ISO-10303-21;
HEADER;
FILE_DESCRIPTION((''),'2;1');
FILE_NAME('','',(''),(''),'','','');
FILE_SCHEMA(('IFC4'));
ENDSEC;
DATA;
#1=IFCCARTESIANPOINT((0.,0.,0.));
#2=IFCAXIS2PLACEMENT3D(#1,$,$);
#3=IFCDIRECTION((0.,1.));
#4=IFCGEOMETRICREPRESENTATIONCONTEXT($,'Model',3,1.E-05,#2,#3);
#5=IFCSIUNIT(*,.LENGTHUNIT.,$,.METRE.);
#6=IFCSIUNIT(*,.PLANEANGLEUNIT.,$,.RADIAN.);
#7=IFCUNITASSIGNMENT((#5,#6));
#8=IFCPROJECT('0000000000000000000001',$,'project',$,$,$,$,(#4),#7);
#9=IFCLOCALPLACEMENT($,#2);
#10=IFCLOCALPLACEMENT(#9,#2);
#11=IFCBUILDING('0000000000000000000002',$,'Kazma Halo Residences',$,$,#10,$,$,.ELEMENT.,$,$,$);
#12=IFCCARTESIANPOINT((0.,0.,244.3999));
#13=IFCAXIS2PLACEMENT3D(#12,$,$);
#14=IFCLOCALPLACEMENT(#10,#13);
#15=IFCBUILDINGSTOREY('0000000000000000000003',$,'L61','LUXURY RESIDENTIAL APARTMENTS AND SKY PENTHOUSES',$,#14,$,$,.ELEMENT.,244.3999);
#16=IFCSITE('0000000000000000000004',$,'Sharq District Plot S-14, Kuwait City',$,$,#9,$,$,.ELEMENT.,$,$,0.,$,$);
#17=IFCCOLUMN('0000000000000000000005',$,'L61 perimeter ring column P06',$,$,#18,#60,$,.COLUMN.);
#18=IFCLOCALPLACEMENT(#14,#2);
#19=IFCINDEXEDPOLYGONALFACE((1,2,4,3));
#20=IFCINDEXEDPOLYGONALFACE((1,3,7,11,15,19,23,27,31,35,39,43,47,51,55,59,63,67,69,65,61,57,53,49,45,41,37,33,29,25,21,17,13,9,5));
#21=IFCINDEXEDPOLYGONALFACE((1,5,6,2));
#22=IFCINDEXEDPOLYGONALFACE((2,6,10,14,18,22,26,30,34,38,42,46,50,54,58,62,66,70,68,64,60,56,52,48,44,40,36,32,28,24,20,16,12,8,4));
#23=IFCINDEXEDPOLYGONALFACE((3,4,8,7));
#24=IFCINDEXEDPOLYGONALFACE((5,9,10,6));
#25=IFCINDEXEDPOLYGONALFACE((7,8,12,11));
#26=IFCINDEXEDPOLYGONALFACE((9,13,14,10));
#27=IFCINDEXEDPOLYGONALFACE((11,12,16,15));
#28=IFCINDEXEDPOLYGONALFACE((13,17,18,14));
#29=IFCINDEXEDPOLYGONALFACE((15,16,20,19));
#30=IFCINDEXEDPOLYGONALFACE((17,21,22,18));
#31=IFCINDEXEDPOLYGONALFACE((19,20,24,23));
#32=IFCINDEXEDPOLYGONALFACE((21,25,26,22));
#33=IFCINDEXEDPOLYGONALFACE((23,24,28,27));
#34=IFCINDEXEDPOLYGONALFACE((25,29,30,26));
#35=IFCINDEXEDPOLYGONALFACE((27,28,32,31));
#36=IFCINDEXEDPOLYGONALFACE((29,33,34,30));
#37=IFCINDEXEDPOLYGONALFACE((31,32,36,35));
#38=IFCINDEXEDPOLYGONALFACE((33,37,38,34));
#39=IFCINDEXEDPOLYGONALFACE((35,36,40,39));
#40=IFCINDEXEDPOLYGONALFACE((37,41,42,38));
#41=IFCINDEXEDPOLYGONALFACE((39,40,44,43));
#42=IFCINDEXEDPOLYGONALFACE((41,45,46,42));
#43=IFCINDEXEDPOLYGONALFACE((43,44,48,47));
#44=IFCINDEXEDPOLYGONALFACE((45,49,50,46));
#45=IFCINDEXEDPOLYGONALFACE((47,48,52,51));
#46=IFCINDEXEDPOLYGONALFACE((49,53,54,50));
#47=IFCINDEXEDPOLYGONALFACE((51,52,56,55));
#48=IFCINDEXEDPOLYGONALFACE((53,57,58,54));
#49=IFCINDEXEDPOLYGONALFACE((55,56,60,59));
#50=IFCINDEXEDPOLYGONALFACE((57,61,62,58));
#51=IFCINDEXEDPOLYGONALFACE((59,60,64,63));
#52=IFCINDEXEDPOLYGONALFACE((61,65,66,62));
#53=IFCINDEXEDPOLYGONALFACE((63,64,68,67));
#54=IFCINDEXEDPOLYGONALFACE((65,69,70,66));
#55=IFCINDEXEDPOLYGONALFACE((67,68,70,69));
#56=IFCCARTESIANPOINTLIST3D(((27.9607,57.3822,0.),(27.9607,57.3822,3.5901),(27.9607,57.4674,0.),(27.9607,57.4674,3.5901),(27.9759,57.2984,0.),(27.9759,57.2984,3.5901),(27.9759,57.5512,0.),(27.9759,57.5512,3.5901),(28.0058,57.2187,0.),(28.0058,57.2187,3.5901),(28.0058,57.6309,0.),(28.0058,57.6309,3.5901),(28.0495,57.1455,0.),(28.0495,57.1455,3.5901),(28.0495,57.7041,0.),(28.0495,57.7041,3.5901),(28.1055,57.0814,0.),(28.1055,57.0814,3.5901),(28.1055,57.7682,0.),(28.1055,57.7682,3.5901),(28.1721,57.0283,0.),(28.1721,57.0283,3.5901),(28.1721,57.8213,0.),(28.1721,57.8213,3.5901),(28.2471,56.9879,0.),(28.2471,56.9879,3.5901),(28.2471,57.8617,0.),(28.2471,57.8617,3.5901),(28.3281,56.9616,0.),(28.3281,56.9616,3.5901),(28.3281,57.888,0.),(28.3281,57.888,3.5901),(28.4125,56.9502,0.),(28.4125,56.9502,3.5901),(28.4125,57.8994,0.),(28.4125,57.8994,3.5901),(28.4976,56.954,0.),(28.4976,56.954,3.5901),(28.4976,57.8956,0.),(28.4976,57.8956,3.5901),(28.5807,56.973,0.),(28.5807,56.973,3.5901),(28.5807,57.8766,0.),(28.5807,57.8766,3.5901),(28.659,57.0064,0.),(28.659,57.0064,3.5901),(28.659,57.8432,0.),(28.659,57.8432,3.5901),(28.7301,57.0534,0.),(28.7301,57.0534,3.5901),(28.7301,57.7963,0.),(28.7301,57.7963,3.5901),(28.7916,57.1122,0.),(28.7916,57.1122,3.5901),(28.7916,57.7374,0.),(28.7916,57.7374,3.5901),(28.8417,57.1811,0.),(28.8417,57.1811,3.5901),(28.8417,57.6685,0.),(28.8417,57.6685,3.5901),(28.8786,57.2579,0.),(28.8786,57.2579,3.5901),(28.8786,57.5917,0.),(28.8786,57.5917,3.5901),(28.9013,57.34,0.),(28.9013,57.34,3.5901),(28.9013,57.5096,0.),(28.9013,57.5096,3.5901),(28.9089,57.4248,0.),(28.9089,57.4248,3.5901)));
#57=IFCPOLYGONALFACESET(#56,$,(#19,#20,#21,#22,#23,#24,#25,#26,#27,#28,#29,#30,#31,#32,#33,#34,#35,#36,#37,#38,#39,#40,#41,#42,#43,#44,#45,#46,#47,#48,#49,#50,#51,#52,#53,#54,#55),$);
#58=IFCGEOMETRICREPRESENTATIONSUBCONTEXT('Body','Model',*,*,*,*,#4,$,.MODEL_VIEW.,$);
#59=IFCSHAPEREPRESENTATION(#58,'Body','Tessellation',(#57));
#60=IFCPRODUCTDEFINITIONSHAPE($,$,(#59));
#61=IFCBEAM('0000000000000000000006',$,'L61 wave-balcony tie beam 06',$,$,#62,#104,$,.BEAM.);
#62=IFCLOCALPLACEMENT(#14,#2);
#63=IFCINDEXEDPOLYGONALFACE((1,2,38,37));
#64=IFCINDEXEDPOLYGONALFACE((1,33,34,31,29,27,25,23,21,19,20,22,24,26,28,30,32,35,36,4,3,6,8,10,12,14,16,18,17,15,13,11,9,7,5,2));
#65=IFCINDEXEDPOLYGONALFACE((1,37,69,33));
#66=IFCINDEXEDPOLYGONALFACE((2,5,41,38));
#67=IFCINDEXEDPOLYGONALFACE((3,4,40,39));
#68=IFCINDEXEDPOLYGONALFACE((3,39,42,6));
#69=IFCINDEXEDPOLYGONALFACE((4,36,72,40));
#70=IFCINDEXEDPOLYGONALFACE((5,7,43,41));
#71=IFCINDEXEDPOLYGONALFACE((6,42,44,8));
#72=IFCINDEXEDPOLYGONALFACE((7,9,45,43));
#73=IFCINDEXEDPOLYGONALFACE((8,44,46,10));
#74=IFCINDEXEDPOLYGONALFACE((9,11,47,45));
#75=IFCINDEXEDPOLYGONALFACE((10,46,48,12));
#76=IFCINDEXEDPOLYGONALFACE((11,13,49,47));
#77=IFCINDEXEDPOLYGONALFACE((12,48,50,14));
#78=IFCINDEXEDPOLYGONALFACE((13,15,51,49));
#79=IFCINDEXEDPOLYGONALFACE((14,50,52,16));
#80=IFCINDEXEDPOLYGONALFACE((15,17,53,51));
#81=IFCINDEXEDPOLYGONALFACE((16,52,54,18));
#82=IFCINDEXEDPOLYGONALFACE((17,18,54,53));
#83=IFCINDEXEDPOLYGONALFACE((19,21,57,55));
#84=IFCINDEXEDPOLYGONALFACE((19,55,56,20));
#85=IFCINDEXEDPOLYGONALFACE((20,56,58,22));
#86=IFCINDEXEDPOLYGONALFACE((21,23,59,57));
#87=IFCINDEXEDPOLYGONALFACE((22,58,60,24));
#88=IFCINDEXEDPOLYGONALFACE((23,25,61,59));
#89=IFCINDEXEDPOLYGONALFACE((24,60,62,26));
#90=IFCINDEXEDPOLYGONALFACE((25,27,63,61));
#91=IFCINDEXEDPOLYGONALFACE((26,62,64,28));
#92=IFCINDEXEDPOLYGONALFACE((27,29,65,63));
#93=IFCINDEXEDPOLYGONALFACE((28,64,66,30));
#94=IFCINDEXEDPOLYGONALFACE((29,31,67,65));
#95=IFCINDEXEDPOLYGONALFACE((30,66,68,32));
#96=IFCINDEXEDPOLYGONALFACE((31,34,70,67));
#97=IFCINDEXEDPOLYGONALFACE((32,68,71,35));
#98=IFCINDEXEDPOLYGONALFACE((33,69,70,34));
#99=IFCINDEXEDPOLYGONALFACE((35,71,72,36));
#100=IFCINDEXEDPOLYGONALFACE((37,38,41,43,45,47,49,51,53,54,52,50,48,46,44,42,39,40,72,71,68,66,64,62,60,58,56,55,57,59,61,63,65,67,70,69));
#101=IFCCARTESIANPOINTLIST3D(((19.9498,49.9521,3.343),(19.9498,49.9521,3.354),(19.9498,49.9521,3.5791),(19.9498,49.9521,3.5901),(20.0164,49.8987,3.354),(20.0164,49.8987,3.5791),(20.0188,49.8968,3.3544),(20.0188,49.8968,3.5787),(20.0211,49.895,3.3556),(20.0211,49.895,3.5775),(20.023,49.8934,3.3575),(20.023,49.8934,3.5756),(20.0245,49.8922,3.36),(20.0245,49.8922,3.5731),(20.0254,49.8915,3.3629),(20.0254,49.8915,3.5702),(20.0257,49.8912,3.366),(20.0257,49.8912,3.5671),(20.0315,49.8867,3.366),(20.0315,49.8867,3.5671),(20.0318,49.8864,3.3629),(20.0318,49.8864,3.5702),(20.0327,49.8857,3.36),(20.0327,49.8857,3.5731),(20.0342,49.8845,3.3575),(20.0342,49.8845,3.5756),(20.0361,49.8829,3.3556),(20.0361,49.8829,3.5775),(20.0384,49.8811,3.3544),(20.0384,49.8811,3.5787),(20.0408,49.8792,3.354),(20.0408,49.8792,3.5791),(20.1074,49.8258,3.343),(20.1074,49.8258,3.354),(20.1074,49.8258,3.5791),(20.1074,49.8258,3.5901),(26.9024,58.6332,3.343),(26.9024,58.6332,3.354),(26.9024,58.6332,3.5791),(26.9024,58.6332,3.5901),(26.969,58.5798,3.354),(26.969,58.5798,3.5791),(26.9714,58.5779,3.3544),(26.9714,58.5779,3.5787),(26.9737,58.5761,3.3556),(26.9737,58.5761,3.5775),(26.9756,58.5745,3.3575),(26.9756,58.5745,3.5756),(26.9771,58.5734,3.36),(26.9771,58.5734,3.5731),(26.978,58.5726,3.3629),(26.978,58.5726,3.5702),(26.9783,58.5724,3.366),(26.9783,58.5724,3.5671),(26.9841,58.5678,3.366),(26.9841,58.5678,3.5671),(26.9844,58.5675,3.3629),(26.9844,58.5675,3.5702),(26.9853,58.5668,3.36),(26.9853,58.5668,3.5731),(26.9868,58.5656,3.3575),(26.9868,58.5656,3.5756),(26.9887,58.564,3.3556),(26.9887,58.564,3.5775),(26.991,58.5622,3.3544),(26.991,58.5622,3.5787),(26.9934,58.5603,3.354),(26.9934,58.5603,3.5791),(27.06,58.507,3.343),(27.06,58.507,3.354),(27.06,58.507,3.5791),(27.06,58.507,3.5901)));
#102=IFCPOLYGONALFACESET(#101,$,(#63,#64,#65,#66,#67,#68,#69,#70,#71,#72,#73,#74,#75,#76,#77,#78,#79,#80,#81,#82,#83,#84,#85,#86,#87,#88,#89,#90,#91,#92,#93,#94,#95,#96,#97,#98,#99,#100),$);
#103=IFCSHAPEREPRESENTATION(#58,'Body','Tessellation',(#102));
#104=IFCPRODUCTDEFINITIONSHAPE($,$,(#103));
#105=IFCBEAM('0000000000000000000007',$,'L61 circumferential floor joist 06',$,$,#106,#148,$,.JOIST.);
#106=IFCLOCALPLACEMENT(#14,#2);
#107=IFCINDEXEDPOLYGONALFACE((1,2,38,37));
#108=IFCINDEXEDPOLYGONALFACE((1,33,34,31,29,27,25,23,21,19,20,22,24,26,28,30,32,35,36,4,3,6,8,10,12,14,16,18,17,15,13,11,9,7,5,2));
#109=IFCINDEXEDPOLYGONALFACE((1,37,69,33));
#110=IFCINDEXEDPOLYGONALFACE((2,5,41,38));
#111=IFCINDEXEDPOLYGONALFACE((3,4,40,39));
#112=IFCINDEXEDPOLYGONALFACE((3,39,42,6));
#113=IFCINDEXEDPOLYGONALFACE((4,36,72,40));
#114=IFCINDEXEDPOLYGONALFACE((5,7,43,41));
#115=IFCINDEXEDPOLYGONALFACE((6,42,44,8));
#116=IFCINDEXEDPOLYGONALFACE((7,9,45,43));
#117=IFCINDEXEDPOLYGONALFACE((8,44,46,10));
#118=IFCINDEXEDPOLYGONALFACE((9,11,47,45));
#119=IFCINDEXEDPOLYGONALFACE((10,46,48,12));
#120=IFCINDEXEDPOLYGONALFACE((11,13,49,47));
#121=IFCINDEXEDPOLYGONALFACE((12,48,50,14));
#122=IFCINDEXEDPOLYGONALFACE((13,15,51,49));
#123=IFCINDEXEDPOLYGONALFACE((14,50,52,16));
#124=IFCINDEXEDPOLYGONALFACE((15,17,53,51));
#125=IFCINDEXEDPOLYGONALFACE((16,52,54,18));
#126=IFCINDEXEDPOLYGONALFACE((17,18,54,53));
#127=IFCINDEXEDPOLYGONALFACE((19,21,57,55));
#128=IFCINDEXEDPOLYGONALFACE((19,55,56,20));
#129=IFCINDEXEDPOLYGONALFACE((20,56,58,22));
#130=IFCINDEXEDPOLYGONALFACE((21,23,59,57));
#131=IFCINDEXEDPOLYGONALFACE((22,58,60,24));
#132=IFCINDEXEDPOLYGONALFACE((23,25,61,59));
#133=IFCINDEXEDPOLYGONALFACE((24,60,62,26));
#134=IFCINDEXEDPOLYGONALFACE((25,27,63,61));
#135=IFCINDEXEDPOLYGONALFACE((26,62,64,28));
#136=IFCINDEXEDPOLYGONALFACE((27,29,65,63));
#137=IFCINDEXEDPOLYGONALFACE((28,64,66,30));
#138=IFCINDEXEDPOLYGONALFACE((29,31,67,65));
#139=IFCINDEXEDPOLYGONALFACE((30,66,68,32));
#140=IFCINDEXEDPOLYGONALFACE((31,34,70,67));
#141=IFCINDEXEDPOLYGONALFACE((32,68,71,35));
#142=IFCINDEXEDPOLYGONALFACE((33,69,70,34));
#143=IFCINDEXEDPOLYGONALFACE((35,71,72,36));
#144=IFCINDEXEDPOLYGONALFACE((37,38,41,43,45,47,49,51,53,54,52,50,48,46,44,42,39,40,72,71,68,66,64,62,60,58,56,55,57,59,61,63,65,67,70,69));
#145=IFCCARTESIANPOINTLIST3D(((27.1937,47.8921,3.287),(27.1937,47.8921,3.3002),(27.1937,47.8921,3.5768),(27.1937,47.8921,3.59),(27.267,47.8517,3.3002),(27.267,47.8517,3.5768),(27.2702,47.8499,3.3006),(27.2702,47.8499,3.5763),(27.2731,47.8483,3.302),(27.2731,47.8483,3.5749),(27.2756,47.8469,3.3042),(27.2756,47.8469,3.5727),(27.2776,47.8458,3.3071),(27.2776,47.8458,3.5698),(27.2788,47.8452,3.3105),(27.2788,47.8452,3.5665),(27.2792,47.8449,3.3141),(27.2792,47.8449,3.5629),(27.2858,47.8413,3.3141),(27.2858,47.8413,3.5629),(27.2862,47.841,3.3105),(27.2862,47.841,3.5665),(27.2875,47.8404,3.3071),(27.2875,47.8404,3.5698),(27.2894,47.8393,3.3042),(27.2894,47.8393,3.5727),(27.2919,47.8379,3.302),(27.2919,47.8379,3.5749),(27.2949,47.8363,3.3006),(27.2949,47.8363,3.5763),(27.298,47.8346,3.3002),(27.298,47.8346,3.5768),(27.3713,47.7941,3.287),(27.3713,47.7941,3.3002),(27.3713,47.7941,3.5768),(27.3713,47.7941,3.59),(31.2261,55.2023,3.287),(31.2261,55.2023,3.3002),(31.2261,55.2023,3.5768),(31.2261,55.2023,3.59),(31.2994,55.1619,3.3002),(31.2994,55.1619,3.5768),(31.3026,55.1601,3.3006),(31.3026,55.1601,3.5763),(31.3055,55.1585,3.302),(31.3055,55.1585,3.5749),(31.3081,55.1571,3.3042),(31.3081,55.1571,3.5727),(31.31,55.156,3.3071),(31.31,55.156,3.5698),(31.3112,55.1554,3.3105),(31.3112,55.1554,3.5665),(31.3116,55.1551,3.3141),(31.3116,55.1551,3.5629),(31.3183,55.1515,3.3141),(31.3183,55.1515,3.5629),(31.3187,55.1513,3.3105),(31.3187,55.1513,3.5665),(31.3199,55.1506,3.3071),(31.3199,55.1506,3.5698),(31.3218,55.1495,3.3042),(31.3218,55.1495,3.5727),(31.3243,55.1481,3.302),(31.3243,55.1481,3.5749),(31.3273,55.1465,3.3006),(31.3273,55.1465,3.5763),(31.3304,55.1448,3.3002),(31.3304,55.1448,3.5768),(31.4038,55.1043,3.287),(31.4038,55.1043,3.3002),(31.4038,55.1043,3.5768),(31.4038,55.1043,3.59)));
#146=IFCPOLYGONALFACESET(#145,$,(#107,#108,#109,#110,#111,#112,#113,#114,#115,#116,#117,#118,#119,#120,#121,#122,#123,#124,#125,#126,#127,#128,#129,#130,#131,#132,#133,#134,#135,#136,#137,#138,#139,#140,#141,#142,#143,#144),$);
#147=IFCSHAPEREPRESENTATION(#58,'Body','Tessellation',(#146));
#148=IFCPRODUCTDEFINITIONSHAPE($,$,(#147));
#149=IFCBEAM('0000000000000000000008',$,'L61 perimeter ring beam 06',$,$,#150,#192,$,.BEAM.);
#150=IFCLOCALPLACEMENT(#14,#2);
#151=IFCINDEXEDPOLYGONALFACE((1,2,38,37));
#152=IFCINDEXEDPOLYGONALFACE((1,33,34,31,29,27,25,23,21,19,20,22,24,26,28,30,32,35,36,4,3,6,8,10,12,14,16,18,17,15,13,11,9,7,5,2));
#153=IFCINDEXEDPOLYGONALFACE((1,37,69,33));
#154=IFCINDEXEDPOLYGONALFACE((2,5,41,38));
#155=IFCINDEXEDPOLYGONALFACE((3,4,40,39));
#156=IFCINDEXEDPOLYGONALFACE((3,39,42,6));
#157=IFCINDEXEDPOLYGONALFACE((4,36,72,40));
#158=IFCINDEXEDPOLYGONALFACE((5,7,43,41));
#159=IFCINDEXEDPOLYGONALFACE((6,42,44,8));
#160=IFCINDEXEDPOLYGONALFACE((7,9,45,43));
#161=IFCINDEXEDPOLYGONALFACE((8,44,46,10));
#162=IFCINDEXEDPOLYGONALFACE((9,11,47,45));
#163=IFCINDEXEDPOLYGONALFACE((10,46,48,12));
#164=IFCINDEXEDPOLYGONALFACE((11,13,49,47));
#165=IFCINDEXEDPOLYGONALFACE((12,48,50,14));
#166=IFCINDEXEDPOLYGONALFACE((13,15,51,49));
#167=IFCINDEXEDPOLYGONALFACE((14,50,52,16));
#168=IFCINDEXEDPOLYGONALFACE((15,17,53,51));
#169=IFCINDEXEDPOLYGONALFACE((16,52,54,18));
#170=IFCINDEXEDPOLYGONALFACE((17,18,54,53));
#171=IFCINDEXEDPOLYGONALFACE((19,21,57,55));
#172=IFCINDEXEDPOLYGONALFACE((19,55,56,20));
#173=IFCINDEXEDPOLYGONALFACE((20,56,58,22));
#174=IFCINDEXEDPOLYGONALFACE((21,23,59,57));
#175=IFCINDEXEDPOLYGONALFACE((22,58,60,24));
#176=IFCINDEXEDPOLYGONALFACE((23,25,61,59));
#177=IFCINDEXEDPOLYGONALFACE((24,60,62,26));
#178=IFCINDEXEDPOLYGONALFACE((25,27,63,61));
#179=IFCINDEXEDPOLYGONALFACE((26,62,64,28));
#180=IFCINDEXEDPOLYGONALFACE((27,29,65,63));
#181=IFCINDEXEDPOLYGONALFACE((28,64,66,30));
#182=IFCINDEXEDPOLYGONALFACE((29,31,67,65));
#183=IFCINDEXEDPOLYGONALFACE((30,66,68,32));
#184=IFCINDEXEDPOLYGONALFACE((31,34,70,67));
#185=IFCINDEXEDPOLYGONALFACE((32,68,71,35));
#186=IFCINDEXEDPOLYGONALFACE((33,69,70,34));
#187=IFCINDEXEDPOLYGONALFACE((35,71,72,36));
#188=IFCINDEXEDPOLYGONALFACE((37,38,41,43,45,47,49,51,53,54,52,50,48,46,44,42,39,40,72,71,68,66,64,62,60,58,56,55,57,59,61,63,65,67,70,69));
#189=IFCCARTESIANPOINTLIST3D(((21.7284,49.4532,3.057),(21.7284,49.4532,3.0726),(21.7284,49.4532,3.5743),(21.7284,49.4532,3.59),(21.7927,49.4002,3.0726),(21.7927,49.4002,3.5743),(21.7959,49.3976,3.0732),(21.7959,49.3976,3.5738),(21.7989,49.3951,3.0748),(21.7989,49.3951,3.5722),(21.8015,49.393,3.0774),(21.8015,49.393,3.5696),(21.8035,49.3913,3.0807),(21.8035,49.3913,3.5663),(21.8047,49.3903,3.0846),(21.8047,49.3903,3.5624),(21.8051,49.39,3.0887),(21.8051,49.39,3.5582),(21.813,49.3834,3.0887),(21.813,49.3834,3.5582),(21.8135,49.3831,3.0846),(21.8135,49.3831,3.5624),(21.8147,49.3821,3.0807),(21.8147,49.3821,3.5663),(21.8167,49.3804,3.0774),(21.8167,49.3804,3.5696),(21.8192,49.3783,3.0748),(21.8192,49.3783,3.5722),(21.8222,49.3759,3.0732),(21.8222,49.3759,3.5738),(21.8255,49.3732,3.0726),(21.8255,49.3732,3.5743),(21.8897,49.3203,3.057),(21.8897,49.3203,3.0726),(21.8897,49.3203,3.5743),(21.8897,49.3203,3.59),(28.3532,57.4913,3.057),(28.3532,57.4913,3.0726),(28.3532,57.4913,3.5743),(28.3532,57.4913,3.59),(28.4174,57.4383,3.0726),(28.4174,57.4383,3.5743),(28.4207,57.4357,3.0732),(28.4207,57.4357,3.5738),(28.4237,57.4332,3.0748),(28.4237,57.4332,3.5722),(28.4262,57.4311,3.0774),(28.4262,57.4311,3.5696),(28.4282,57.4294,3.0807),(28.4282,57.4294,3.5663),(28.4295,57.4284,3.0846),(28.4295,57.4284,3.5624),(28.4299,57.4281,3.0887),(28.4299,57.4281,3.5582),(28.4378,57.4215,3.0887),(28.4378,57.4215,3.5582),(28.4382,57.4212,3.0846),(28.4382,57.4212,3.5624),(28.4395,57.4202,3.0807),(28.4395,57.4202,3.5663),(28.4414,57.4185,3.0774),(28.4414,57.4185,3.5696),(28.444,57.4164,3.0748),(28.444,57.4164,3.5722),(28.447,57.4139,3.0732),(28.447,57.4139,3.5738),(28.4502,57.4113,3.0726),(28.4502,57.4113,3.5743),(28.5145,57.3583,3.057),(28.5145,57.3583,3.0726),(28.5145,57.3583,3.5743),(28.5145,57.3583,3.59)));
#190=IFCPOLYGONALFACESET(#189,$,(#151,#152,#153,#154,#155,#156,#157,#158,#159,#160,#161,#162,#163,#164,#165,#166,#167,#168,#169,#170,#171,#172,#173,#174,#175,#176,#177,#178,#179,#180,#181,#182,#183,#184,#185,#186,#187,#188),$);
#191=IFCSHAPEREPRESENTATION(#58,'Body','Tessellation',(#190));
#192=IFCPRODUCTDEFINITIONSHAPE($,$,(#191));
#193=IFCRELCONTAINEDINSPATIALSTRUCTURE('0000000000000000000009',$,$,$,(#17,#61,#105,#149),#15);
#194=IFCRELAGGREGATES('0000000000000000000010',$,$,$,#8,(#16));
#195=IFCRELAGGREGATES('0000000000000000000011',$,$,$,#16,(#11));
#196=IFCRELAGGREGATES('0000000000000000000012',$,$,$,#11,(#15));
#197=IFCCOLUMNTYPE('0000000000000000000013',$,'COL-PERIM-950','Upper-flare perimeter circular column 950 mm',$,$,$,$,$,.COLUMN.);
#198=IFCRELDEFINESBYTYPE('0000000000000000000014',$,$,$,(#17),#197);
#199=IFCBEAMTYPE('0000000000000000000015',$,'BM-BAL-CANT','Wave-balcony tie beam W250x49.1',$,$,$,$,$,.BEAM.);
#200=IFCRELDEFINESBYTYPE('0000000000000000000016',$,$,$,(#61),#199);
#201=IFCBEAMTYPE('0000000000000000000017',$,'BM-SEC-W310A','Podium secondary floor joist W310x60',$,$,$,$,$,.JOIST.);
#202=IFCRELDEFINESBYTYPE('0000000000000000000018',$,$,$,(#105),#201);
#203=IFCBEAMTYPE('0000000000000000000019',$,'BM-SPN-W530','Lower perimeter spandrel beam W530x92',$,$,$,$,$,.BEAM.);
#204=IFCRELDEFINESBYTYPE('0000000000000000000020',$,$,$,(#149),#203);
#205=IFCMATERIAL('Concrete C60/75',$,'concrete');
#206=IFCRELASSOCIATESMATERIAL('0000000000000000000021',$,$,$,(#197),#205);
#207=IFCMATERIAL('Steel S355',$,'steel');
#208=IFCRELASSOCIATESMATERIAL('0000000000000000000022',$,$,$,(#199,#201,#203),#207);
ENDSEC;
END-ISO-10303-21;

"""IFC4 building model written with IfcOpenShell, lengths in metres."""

from ifc_helpers import new_model, si_unit, direction, frame, origin, origin_2d, place, context, subcontext, project, spatial, circle, i_section, extrude, material, material_profile, profile_set, type_object, element, save


model = new_model("IFC4")

# Units and contexts
model_context = context("Model", 3, precision=1e-05, world=origin(), true_north=direction((0.0, 1.0)))
body_context = subcontext(model_context, "Body", "Model", "MODEL_VIEW")
ifc_project = project(units=[si_unit("LENGTHUNIT", "METRE"), si_unit("PLANEANGLEUNIT", "RADIAN")], contexts=[model_context])

# Site, building, storey
site_placement = place(None, origin())
site = spatial("IfcSite", under=ifc_project, at=site_placement, Name="Sharq District Plot S-14, Kuwait City", CompositionType="ELEMENT", RefElevation=0.0)
building_placement = place(site_placement, origin())
building = spatial("IfcBuilding", under=site, at=building_placement, Name="Kazma Halo Residences", CompositionType="ELEMENT")
storey_placement = place(building_placement, frame((0.0, 0.0, 244.3999)))
storey = spatial("IfcBuildingStorey", under=building, at=storey_placement, Name="L61", Description="LUXURY RESIDENTIAL APARTMENTS AND SKY PENTHOUSES", CompositionType="ELEMENT", Elevation=244.3999)

# Column
ifc_material_1 = material(Name="Concrete C60/75", Category="concrete")
ifc_material_profile_1 = material_profile(ifc_material_1, circle(Radius=0.4751, at=origin_2d()), Name="CIRC950")
ifc_profile_set_1 = profile_set([ifc_material_profile_1], Name="Concrete C60/75")
column_type = type_object("IfcColumnType", Name="COL-PERIM-950", Description="Upper-flare perimeter circular column 950 mm", PredefinedType="COLUMN", material=ifc_profile_set_1)
column_placement = place(storey_placement, frame((28.4338, 57.4248, 0.0), z_axis=(0.0, 0.0, 1.0), x_axis=(1.0, 0.0, 0.0)))
element("IfcColumn", 1, at=column_placement, inside=storey, type_object=column_type, Name="L61 perimeter ring column P06", PredefinedType="COLUMN", context=body_context, shape_type="SweptSolid", body=[
    extrude(circle(Radius=0.4751, at=origin_2d()), origin(), (0.0, 0.0, 1.0), 3.5901),
])

# Beams
ifc_material_2 = material(Name="Steel S355", Category="steel")
ifc_material_profile_2 = material_profile(ifc_material_2, i_section(OverallWidth=0.2019, OverallDepth=0.2471, WebThickness=0.0073, FlangeThickness=0.011, FilletRadius=0.012, at=origin_2d()), Name="W250x49.1")
ifc_profile_set_2 = profile_set([ifc_material_profile_2], Name="Steel S355")
beam_type_1 = type_object("IfcBeamType", Name="BM-BAL-CANT", Description="Wave-balcony tie beam W250x49.1", PredefinedType="BEAM", material=ifc_profile_set_2)
beam_1_placement = place(storey_placement, frame((26.9812, 58.5701, 3.4666), z_axis=(-0.625118, -0.78053, 0.0), x_axis=(0.78053, -0.625118, 0.0)))
element("IfcBeam", 2, at=beam_1_placement, inside=storey, type_object=beam_type_1, Name="L61 wave-balcony tie beam 06", PredefinedType="BEAM", context=body_context, shape_type="SweptSolid", body=[
    extrude(i_section(OverallWidth=0.2019, OverallDepth=0.2471, WebThickness=0.0073, FlangeThickness=0.011, FilletRadius=0.012, at=origin_2d()), origin(), (0.0, 0.0, 1.0), 11.1221),
])
ifc_material_profile_3 = material_profile(ifc_material_2, i_section(OverallWidth=0.2029, OverallDepth=0.303, WebThickness=0.0076, FlangeThickness=0.0132, FilletRadius=0.0139, at=origin_2d()), Name="W310x60")
ifc_profile_set_3 = profile_set([ifc_material_profile_3], Name="Steel S355")
beam_type_2 = type_object("IfcBeamType", Name="BM-SEC-W310A", Description="Podium secondary floor joist W310x60", PredefinedType="JOIST", material=ifc_profile_set_3)
beam_2_placement = place(storey_placement, frame((31.3149, 55.1533, 3.4385), z_axis=(-0.483004, -0.875618, 0.0), x_axis=(0.875618, -0.483004, 0.0)))
element("IfcBeam", 3, at=beam_2_placement, inside=storey, type_object=beam_type_2, Name="L61 circumferential floor joist 06", PredefinedType="JOIST", context=body_context, shape_type="SweptSolid", body=[
    extrude(i_section(OverallWidth=0.2029, OverallDepth=0.303, WebThickness=0.0076, FlangeThickness=0.0132, FilletRadius=0.0139, at=origin_2d()), origin(), (0.0, 0.0, 1.0), 8.3486),
])
ifc_material_profile_4 = material_profile(ifc_material_2, i_section(OverallWidth=0.209, OverallDepth=0.533, WebThickness=0.0103, FlangeThickness=0.0156, FilletRadius=0.0161, at=origin_2d()), Name="W530x92")
ifc_profile_set_4 = profile_set([ifc_material_profile_4], Name="Steel S355")
beam_type_3 = type_object("IfcBeamType", Name="BM-SPN-W530", Description="Lower perimeter spandrel beam W530x92", PredefinedType="BEAM", material=ifc_profile_set_4)
beam_3_placement = place(storey_placement, frame((28.4338, 57.4248, 3.3235), z_axis=(-0.636002, -0.771687, 0.0), x_axis=(0.771687, -0.636002, 0.0)))
element("IfcBeam", 4, at=beam_3_placement, inside=storey, type_object=beam_type_3, Name="L61 perimeter ring beam 06", PredefinedType="BEAM", context=body_context, shape_type="SweptSolid", body=[
    extrude(i_section(OverallWidth=0.209, OverallDepth=0.533, WebThickness=0.0103, FlangeThickness=0.0156, FilletRadius=0.0161, at=origin_2d()), origin(), (0.0, 0.0, 1.0), 10.4163),
])

save(model, "model.ifc")
